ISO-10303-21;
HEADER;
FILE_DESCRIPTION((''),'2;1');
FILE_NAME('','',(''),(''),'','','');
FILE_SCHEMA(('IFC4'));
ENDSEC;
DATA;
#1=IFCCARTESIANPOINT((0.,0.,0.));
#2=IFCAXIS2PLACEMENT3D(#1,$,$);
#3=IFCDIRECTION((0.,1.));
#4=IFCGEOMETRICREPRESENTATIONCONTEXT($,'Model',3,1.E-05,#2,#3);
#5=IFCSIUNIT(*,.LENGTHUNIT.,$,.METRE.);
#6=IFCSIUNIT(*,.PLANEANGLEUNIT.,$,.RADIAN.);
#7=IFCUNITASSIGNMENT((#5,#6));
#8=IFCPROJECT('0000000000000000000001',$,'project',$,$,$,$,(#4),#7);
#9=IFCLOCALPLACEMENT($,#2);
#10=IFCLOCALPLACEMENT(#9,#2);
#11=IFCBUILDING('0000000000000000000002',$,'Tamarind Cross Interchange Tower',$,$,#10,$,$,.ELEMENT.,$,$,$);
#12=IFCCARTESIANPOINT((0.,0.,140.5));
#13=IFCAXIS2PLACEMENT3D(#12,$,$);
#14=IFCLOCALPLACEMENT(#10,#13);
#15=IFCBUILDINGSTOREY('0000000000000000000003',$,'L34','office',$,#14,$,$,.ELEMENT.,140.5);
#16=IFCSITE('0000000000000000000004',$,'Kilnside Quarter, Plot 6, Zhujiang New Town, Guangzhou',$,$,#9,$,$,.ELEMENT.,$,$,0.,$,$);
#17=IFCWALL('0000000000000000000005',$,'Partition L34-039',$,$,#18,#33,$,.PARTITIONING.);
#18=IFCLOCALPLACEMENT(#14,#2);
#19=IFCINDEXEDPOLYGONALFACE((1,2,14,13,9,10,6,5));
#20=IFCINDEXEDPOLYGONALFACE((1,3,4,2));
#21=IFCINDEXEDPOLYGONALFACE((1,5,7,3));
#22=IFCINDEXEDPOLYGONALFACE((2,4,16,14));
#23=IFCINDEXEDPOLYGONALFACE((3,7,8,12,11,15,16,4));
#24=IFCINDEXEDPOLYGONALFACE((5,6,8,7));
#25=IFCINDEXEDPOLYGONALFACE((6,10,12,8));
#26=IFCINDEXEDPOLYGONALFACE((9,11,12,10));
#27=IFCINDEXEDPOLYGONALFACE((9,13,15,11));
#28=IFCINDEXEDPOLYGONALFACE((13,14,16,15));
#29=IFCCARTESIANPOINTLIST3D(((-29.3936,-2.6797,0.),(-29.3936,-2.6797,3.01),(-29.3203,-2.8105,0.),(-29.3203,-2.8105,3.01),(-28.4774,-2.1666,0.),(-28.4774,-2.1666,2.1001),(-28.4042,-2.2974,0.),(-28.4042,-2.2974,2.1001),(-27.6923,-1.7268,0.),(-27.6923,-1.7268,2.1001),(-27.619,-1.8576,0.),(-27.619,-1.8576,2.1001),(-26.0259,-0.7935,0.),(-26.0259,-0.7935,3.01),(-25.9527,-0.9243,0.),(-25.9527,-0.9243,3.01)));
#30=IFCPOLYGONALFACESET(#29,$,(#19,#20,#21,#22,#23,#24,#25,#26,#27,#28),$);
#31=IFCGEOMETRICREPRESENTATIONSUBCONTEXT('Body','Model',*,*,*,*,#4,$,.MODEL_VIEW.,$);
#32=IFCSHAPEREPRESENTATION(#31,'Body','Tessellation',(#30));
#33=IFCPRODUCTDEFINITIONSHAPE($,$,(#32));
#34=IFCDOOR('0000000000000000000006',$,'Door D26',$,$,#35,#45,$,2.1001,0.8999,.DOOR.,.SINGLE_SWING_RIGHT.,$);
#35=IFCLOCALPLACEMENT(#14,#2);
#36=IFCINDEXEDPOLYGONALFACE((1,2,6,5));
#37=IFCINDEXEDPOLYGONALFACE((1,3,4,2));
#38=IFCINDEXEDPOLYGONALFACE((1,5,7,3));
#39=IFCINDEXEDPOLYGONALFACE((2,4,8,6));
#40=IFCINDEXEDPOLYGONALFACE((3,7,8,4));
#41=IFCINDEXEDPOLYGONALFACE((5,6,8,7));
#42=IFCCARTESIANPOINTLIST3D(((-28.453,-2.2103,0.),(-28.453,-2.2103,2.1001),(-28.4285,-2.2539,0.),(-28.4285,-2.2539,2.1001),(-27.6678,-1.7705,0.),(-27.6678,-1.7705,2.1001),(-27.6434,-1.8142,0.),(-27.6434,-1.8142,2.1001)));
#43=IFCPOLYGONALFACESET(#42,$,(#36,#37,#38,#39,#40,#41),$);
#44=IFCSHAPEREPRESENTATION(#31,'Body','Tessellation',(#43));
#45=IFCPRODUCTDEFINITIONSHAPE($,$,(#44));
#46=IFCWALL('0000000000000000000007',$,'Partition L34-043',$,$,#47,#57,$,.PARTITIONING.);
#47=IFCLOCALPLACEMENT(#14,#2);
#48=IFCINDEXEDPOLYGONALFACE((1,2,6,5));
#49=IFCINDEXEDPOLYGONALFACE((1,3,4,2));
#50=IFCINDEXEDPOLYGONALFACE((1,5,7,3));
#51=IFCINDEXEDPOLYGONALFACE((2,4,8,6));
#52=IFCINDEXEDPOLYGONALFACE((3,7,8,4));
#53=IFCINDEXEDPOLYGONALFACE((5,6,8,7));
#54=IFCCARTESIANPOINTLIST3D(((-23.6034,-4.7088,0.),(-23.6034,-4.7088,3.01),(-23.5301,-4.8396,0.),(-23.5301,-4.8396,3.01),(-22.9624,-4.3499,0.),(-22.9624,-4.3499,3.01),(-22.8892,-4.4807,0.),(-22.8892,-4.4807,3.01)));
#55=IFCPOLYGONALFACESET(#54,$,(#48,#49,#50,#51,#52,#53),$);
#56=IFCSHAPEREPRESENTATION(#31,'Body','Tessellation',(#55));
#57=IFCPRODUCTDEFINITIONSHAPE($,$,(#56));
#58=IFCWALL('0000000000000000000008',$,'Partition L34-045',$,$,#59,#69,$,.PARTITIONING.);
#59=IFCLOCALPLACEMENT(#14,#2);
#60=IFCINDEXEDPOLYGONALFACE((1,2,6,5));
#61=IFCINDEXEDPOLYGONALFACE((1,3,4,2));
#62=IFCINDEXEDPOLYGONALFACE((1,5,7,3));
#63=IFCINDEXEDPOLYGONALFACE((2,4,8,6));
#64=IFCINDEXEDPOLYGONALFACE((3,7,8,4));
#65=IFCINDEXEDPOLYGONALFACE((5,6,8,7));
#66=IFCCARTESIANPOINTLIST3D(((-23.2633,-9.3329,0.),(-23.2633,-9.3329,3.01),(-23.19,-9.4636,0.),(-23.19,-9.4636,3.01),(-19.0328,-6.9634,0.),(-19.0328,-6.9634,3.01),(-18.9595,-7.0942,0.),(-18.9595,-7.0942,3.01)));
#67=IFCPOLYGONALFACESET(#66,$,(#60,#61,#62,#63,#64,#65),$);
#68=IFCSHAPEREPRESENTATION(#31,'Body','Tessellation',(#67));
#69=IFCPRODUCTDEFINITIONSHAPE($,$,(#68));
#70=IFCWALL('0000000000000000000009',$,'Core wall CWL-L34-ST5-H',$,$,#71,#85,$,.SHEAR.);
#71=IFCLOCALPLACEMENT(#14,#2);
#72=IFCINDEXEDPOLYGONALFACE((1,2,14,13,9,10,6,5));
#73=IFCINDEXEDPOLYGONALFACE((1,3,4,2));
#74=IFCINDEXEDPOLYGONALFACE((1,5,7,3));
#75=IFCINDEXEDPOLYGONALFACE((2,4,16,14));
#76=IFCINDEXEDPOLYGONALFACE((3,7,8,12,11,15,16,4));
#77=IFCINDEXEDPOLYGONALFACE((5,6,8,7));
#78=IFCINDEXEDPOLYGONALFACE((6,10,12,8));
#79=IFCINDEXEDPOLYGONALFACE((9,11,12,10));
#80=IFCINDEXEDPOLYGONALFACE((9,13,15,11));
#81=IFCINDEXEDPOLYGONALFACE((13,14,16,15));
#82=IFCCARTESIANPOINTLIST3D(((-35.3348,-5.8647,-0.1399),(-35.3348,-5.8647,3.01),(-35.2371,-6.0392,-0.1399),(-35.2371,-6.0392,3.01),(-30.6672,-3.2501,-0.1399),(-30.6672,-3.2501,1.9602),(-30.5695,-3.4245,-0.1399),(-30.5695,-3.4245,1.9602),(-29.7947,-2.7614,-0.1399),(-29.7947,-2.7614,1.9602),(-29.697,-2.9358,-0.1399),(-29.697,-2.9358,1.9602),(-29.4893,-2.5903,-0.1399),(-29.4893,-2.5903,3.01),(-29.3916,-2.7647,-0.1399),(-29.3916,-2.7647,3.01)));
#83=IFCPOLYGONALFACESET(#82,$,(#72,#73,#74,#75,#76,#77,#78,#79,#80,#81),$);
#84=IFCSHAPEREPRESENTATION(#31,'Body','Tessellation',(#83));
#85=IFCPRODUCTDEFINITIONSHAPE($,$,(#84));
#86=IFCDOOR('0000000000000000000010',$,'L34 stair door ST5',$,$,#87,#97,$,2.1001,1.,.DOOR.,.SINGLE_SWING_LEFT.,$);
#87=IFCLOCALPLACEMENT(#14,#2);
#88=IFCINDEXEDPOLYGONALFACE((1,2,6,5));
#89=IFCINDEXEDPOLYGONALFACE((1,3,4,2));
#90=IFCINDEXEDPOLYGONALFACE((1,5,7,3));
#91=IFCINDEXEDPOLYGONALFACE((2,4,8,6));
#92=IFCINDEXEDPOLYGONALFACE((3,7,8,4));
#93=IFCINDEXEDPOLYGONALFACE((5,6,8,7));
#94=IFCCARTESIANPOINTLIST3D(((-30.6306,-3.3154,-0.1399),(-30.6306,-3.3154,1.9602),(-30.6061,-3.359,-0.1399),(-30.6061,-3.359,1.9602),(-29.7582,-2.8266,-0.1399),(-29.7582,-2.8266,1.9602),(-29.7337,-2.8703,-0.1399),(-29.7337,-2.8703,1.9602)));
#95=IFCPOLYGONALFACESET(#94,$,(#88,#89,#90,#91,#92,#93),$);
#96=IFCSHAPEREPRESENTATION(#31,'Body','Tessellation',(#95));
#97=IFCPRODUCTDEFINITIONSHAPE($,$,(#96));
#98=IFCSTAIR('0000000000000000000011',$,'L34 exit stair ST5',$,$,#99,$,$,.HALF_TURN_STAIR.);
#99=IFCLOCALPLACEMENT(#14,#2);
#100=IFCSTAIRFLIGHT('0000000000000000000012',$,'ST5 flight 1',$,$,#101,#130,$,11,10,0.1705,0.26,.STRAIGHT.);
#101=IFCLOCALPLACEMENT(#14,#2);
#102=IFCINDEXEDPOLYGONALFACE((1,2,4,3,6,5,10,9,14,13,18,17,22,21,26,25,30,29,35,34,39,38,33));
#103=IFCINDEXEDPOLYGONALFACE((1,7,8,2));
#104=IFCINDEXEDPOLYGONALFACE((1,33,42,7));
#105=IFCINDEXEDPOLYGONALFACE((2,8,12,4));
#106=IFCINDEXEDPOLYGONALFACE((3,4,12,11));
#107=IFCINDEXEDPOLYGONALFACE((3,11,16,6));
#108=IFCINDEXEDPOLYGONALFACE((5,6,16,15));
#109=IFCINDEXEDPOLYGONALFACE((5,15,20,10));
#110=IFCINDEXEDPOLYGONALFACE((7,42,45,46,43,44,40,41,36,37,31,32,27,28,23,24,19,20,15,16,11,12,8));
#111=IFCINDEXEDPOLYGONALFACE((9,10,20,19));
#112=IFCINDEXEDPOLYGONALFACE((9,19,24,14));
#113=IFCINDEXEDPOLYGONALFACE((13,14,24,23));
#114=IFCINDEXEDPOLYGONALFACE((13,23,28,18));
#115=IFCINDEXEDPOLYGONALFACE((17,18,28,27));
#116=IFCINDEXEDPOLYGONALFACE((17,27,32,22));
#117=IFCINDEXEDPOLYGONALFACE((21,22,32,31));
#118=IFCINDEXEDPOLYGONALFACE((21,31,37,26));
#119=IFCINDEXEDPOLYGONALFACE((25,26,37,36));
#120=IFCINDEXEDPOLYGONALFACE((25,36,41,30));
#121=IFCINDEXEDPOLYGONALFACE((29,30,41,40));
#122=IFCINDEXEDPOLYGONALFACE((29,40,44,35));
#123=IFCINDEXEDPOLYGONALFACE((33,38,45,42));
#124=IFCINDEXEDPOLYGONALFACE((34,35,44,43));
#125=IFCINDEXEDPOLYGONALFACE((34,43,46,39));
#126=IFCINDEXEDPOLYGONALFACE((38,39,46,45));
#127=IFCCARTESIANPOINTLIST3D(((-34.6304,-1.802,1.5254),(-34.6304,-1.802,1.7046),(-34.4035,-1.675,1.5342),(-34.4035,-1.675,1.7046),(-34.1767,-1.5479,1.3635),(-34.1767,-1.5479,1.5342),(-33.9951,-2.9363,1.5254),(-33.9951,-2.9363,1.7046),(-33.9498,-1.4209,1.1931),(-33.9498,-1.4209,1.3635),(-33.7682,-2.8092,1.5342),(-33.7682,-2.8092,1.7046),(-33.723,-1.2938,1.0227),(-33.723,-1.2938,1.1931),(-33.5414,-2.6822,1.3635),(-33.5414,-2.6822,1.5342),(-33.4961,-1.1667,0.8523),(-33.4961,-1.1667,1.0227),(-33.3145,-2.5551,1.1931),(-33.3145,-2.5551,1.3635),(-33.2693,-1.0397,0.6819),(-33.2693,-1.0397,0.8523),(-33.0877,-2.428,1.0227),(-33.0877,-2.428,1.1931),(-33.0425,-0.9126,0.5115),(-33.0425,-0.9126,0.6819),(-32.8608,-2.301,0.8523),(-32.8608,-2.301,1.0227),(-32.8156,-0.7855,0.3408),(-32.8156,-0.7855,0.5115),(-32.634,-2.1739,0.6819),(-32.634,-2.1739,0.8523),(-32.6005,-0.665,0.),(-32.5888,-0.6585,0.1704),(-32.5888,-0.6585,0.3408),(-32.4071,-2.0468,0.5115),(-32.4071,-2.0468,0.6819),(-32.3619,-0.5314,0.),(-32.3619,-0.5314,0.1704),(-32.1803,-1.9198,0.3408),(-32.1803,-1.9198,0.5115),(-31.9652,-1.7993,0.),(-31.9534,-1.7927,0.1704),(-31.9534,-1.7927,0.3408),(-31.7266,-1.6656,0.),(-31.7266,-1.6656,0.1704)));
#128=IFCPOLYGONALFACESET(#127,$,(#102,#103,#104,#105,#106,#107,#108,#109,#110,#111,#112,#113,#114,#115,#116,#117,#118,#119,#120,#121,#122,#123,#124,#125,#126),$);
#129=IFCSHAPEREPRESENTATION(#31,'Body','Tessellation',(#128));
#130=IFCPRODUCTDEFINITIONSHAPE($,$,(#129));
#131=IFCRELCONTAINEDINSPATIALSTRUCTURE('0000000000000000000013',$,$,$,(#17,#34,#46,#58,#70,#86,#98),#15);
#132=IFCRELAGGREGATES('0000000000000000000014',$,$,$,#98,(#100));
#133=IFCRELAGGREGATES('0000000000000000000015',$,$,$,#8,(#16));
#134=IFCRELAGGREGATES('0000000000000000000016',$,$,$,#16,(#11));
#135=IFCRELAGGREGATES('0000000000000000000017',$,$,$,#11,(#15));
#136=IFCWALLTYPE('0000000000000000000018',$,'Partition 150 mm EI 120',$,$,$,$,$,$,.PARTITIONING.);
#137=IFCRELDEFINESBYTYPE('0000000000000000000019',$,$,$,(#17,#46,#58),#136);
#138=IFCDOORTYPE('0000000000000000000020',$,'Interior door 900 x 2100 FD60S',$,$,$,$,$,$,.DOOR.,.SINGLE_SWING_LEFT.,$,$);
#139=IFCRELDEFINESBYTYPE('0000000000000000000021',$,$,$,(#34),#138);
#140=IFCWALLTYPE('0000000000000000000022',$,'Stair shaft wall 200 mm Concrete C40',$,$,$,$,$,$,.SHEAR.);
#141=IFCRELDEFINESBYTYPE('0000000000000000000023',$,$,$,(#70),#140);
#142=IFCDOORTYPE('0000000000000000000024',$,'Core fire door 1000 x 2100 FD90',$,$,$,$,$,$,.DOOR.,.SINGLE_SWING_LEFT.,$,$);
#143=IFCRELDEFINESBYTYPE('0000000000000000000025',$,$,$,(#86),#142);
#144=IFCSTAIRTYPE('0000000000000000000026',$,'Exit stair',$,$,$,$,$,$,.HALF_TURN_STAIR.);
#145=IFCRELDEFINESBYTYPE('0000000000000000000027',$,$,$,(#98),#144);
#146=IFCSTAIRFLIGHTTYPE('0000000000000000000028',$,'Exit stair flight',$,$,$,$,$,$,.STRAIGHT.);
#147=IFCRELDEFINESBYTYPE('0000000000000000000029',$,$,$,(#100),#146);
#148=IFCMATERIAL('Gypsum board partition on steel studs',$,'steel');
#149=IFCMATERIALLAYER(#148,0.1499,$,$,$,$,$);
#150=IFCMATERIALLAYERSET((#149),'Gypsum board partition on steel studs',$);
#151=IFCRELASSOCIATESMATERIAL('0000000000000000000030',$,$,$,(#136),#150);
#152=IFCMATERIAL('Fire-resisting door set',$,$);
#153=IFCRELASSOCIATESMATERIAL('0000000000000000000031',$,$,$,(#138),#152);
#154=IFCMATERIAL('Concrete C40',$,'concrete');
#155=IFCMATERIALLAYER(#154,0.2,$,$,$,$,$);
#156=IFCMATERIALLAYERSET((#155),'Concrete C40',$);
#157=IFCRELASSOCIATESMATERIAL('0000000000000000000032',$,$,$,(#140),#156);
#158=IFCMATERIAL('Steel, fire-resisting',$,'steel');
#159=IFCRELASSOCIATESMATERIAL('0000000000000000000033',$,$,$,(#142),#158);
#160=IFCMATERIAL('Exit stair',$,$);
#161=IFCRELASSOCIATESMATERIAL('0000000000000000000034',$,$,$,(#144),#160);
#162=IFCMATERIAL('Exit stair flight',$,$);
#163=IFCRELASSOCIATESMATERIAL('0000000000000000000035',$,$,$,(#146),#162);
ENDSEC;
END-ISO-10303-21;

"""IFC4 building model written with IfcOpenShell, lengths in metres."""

from ifc_helpers import new_model, si_unit, direction, frame, frame_2d, origin, place, context, subcontext, project, spatial, polyline, rectangle, outline, extrude, material, layer, layer_set, type_object, element, fill, aggregate, save


model = new_model("IFC4")

# Units and contexts
model_context = context("Model", 3, precision=1e-05, world=origin(), true_north=direction((0.0, 1.0)))
body_context = subcontext(model_context, "Body", "Model", "MODEL_VIEW")
ifc_project = project(units=[si_unit("LENGTHUNIT", "METRE"), si_unit("PLANEANGLEUNIT", "RADIAN")], contexts=[model_context])

# Site, building, storey
site_placement = place(None, origin())
site = spatial("IfcSite", under=ifc_project, at=site_placement, Name="Kilnside Quarter, Plot 6, Zhujiang New Town, Guangzhou", CompositionType="ELEMENT", RefElevation=0.0)
building_placement = place(site_placement, origin())
building = spatial("IfcBuilding", under=site, at=building_placement, Name="Tamarind Cross Interchange Tower", CompositionType="ELEMENT")
storey_placement = place(building_placement, frame((0.0, 0.0, 140.5)))
storey = spatial("IfcBuildingStorey", under=building, at=storey_placement, Name="L34", Description="office", CompositionType="ELEMENT", Elevation=140.5)

# Wall, opening, door
ifc_material_1 = material(Name="Gypsum board partition on steel studs", Category="steel")
ifc_layer_1 = layer(ifc_material_1, 0.1499)
ifc_layer_set_1 = layer_set([ifc_layer_1], Name="Gypsum board partition on steel studs")
wall_type_1 = type_object("IfcWallType", Name="Partition 150 mm EI 120", PredefinedType="PARTITIONING", material=ifc_layer_set_1)
wall_1_placement = place(storey_placement, frame((-29.3569, -2.7451, 0.0), z_axis=(0.0, 0.0, 1.0), x_axis=(0.872469, 0.488669, 0.0)))
wall_1 = element("IfcWall", 1, at=wall_1_placement, inside=storey, type_object=wall_type_1, Name="Partition L34-039", PredefinedType="PARTITIONING", context=body_context, shape_type="SweptSolid", body=[
    extrude(rectangle(XDim=3.8599, YDim=0.1499, at=frame_2d((1.9299, 0.0))), origin(), (0.0, 0.0, 1.0), 3.01),
])
opening_1_placement = place(wall_1_placement, frame((1.05, 0.0, 0.0)))
opening_1 = element("IfcOpeningElement", 2, at=opening_1_placement, cuts=wall_1, PredefinedType="OPENING", context=body_context, shape_type="SweptSolid", body=[
    extrude(rectangle(XDim=0.8999, YDim=2.1001, at=frame_2d((0.45, 1.05))), frame((0.0, 0.085, 0.0), z_axis=(0.0, -1.0, 0.0), x_axis=(1.0, 0.0, 0.0)), (0.0, 0.0, 1.0), 0.1699),
])
ifc_material_2 = material(Name="Fire-resisting door set")
door_type_1 = type_object("IfcDoorType", Name="Interior door 900 x 2100 FD60S", OperationType="SINGLE_SWING_LEFT", PredefinedType="DOOR", material=ifc_material_2)
door_1_placement = place(opening_1_placement, origin())
door_1 = element("IfcDoor", 3, at=door_1_placement, inside=storey, type_object=door_type_1, Name="Door D26", OperationType="SINGLE_SWING_RIGHT", OverallHeight=2.1001, OverallWidth=0.8999, PredefinedType="DOOR", context=body_context, shape_type="SweptSolid", body=[
    extrude(rectangle(XDim=0.8999, YDim=2.1001, at=frame_2d((0.45, 1.05))), frame((0.0, 0.0249, 0.0), z_axis=(0.0, -1.0, 0.0), x_axis=(1.0, 0.0, 0.0)), (0.0, 0.0, 1.0), 0.05),
])
fill(opening_1, door_1)

# Walls
wall_2_placement = place(storey_placement, frame((-23.5667, -4.7742, 0.0), z_axis=(0.0, 0.0, 1.0), x_axis=(0.872506, 0.488603, 0.0)))
element("IfcWall", 4, at=wall_2_placement, inside=storey, type_object=wall_type_1, Name="Partition L34-043", PredefinedType="PARTITIONING", context=body_context, shape_type="SweptSolid", body=[
    extrude(rectangle(XDim=0.7346, YDim=0.1499, at=frame_2d((0.3672, 0.0))), origin(), (0.0, 0.0, 1.0), 3.01),
])
wall_3_placement = place(storey_placement, frame((-23.2266, -9.3982, 0.0), z_axis=(0.0, 0.0, 1.0), x_axis=(0.872478, 0.488654, 0.0)))
element("IfcWall", 5, at=wall_3_placement, inside=storey, type_object=wall_type_1, Name="Partition L34-045", PredefinedType="PARTITIONING", context=body_context, shape_type="SweptSolid", body=[
    extrude(rectangle(XDim=4.8489, YDim=0.1499, at=frame_2d((2.4243, 0.0))), origin(), (0.0, 0.0, 1.0), 3.01),
])

# Wall, opening, door
ifc_material_3 = material(Name="Concrete C40", Category="concrete")
ifc_layer_2 = layer(ifc_material_3, 0.2)
ifc_layer_set_2 = layer_set([ifc_layer_2], Name="Concrete C40")
wall_type_2 = type_object("IfcWallType", Name="Stair shaft wall 200 mm Concrete C40", PredefinedType="SHEAR", material=ifc_layer_set_2)
wall_4_placement = place(storey_placement, frame((-29.4404, -2.6775, -0.1399), z_axis=(0.0, 0.0, 1.0), x_axis=(-0.872445, -0.488712, 0.0)))
wall_4 = element("IfcWall", 6, at=wall_4_placement, inside=storey, type_object=wall_type_2, Name="Core wall CWL-L34-ST5-H", PredefinedType="SHEAR", context=body_context, shape_type="SweptSolid", body=[
    extrude(rectangle(XDim=6.7002, YDim=0.2, at=frame_2d((3.3501, 0.0))), origin(), (0.0, 0.0, 1.0), 3.1499),
])
opening_2_placement = place(wall_4_placement, frame((0.3501, 0.0, 0.0)))
opening_2 = element("IfcOpeningElement", 7, at=opening_2_placement, cuts=wall_4, PredefinedType="OPENING", context=body_context, shape_type="SweptSolid", body=[
    extrude(rectangle(XDim=1.0, YDim=2.1001, at=frame_2d((0.5, 1.05))), frame((0.0, 0.1099, 0.0), z_axis=(0.0, -1.0, 0.0), x_axis=(1.0, 0.0, 0.0)), (0.0, 0.0, 1.0), 0.22),
])
ifc_material_4 = material(Name="Steel, fire-resisting", Category="steel")
door_type_2 = type_object("IfcDoorType", Name="Core fire door 1000 x 2100 FD90", OperationType="SINGLE_SWING_LEFT", PredefinedType="DOOR", material=ifc_material_4)
door_2_placement = place(opening_2_placement, origin())
door_2 = element("IfcDoor", 8, at=door_2_placement, inside=storey, type_object=door_type_2, Name="L34 stair door ST5", OperationType="SINGLE_SWING_LEFT", OverallHeight=2.1001, OverallWidth=1.0, PredefinedType="DOOR", context=body_context, shape_type="SweptSolid", body=[
    extrude(rectangle(XDim=1.0, YDim=2.1001, at=frame_2d((0.5, 1.05))), frame((0.0, 0.0249, 0.0), z_axis=(0.0, -1.0, 0.0), x_axis=(1.0, 0.0, 0.0)), (0.0, 0.0, 1.0), 0.05),
])
fill(opening_2, door_2)

# Stair, stair flight
ifc_material_5 = material(Name="Exit stair")
stair_type = type_object("IfcStairType", Name="Exit stair", PredefinedType="HALF_TURN_STAIR", material=ifc_material_5)
stair_placement = place(storey_placement, origin())
stair = element("IfcStair", 9, at=stair_placement, inside=storey, type_object=stair_type, Name="L34 exit stair ST5", PredefinedType="HALF_TURN_STAIR")
ifc_material_6 = material(Name="Exit stair flight")
stair_flight_type = type_object("IfcStairFlightType", Name="Exit stair flight", PredefinedType="STRAIGHT", material=ifc_material_6)
stair_flight_placement = place(storey_placement, frame((-32.0442, -1.0986, 0.0), z_axis=(0.0, 0.0, 1.0), x_axis=(-0.872458, -0.488688, 0.0)))
stair_flight = element("IfcStairFlight", 10, at=stair_flight_placement, type_object=stair_flight_type, Name="ST5 flight 1", NumberOfRisers=11, NumberOfTreads=10, PredefinedType="STRAIGHT", RiserHeight=0.1705, TreadLength=0.26, context=body_context, shape_type="SweptSolid", body=[
    extrude(outline(polyline([(0.0, 0.0), (0.0, 0.1704), (0.26, 0.1704), (0.26, 0.3408), (0.52, 0.3408), (0.52, 0.5115), (0.78, 0.5115), (0.78, 0.6819), (1.04, 0.6819), (1.04, 0.8523), (1.3, 0.8523), (1.3, 1.0227), (1.5601, 1.0227), (1.5601, 1.1931), (1.8201, 1.1931), (1.8201, 1.3635), (2.0801, 1.3635), (2.0801, 1.5342), (2.3401, 1.5342), (2.3401, 1.7046), (2.6001, 1.7046), (2.6001, 1.875), (2.6001, 1.5254), (0.2734, 0.0), (0.0, 0.0)])), frame((0.0, 0.6499, 0.0), z_axis=(0.0, -1.0, 0.0), x_axis=(1.0, 0.0, 0.0)), (0.0, 0.0, 1.0), 1.3),
])
aggregate(stair, [stair_flight])

save(model, "model.ifc")
